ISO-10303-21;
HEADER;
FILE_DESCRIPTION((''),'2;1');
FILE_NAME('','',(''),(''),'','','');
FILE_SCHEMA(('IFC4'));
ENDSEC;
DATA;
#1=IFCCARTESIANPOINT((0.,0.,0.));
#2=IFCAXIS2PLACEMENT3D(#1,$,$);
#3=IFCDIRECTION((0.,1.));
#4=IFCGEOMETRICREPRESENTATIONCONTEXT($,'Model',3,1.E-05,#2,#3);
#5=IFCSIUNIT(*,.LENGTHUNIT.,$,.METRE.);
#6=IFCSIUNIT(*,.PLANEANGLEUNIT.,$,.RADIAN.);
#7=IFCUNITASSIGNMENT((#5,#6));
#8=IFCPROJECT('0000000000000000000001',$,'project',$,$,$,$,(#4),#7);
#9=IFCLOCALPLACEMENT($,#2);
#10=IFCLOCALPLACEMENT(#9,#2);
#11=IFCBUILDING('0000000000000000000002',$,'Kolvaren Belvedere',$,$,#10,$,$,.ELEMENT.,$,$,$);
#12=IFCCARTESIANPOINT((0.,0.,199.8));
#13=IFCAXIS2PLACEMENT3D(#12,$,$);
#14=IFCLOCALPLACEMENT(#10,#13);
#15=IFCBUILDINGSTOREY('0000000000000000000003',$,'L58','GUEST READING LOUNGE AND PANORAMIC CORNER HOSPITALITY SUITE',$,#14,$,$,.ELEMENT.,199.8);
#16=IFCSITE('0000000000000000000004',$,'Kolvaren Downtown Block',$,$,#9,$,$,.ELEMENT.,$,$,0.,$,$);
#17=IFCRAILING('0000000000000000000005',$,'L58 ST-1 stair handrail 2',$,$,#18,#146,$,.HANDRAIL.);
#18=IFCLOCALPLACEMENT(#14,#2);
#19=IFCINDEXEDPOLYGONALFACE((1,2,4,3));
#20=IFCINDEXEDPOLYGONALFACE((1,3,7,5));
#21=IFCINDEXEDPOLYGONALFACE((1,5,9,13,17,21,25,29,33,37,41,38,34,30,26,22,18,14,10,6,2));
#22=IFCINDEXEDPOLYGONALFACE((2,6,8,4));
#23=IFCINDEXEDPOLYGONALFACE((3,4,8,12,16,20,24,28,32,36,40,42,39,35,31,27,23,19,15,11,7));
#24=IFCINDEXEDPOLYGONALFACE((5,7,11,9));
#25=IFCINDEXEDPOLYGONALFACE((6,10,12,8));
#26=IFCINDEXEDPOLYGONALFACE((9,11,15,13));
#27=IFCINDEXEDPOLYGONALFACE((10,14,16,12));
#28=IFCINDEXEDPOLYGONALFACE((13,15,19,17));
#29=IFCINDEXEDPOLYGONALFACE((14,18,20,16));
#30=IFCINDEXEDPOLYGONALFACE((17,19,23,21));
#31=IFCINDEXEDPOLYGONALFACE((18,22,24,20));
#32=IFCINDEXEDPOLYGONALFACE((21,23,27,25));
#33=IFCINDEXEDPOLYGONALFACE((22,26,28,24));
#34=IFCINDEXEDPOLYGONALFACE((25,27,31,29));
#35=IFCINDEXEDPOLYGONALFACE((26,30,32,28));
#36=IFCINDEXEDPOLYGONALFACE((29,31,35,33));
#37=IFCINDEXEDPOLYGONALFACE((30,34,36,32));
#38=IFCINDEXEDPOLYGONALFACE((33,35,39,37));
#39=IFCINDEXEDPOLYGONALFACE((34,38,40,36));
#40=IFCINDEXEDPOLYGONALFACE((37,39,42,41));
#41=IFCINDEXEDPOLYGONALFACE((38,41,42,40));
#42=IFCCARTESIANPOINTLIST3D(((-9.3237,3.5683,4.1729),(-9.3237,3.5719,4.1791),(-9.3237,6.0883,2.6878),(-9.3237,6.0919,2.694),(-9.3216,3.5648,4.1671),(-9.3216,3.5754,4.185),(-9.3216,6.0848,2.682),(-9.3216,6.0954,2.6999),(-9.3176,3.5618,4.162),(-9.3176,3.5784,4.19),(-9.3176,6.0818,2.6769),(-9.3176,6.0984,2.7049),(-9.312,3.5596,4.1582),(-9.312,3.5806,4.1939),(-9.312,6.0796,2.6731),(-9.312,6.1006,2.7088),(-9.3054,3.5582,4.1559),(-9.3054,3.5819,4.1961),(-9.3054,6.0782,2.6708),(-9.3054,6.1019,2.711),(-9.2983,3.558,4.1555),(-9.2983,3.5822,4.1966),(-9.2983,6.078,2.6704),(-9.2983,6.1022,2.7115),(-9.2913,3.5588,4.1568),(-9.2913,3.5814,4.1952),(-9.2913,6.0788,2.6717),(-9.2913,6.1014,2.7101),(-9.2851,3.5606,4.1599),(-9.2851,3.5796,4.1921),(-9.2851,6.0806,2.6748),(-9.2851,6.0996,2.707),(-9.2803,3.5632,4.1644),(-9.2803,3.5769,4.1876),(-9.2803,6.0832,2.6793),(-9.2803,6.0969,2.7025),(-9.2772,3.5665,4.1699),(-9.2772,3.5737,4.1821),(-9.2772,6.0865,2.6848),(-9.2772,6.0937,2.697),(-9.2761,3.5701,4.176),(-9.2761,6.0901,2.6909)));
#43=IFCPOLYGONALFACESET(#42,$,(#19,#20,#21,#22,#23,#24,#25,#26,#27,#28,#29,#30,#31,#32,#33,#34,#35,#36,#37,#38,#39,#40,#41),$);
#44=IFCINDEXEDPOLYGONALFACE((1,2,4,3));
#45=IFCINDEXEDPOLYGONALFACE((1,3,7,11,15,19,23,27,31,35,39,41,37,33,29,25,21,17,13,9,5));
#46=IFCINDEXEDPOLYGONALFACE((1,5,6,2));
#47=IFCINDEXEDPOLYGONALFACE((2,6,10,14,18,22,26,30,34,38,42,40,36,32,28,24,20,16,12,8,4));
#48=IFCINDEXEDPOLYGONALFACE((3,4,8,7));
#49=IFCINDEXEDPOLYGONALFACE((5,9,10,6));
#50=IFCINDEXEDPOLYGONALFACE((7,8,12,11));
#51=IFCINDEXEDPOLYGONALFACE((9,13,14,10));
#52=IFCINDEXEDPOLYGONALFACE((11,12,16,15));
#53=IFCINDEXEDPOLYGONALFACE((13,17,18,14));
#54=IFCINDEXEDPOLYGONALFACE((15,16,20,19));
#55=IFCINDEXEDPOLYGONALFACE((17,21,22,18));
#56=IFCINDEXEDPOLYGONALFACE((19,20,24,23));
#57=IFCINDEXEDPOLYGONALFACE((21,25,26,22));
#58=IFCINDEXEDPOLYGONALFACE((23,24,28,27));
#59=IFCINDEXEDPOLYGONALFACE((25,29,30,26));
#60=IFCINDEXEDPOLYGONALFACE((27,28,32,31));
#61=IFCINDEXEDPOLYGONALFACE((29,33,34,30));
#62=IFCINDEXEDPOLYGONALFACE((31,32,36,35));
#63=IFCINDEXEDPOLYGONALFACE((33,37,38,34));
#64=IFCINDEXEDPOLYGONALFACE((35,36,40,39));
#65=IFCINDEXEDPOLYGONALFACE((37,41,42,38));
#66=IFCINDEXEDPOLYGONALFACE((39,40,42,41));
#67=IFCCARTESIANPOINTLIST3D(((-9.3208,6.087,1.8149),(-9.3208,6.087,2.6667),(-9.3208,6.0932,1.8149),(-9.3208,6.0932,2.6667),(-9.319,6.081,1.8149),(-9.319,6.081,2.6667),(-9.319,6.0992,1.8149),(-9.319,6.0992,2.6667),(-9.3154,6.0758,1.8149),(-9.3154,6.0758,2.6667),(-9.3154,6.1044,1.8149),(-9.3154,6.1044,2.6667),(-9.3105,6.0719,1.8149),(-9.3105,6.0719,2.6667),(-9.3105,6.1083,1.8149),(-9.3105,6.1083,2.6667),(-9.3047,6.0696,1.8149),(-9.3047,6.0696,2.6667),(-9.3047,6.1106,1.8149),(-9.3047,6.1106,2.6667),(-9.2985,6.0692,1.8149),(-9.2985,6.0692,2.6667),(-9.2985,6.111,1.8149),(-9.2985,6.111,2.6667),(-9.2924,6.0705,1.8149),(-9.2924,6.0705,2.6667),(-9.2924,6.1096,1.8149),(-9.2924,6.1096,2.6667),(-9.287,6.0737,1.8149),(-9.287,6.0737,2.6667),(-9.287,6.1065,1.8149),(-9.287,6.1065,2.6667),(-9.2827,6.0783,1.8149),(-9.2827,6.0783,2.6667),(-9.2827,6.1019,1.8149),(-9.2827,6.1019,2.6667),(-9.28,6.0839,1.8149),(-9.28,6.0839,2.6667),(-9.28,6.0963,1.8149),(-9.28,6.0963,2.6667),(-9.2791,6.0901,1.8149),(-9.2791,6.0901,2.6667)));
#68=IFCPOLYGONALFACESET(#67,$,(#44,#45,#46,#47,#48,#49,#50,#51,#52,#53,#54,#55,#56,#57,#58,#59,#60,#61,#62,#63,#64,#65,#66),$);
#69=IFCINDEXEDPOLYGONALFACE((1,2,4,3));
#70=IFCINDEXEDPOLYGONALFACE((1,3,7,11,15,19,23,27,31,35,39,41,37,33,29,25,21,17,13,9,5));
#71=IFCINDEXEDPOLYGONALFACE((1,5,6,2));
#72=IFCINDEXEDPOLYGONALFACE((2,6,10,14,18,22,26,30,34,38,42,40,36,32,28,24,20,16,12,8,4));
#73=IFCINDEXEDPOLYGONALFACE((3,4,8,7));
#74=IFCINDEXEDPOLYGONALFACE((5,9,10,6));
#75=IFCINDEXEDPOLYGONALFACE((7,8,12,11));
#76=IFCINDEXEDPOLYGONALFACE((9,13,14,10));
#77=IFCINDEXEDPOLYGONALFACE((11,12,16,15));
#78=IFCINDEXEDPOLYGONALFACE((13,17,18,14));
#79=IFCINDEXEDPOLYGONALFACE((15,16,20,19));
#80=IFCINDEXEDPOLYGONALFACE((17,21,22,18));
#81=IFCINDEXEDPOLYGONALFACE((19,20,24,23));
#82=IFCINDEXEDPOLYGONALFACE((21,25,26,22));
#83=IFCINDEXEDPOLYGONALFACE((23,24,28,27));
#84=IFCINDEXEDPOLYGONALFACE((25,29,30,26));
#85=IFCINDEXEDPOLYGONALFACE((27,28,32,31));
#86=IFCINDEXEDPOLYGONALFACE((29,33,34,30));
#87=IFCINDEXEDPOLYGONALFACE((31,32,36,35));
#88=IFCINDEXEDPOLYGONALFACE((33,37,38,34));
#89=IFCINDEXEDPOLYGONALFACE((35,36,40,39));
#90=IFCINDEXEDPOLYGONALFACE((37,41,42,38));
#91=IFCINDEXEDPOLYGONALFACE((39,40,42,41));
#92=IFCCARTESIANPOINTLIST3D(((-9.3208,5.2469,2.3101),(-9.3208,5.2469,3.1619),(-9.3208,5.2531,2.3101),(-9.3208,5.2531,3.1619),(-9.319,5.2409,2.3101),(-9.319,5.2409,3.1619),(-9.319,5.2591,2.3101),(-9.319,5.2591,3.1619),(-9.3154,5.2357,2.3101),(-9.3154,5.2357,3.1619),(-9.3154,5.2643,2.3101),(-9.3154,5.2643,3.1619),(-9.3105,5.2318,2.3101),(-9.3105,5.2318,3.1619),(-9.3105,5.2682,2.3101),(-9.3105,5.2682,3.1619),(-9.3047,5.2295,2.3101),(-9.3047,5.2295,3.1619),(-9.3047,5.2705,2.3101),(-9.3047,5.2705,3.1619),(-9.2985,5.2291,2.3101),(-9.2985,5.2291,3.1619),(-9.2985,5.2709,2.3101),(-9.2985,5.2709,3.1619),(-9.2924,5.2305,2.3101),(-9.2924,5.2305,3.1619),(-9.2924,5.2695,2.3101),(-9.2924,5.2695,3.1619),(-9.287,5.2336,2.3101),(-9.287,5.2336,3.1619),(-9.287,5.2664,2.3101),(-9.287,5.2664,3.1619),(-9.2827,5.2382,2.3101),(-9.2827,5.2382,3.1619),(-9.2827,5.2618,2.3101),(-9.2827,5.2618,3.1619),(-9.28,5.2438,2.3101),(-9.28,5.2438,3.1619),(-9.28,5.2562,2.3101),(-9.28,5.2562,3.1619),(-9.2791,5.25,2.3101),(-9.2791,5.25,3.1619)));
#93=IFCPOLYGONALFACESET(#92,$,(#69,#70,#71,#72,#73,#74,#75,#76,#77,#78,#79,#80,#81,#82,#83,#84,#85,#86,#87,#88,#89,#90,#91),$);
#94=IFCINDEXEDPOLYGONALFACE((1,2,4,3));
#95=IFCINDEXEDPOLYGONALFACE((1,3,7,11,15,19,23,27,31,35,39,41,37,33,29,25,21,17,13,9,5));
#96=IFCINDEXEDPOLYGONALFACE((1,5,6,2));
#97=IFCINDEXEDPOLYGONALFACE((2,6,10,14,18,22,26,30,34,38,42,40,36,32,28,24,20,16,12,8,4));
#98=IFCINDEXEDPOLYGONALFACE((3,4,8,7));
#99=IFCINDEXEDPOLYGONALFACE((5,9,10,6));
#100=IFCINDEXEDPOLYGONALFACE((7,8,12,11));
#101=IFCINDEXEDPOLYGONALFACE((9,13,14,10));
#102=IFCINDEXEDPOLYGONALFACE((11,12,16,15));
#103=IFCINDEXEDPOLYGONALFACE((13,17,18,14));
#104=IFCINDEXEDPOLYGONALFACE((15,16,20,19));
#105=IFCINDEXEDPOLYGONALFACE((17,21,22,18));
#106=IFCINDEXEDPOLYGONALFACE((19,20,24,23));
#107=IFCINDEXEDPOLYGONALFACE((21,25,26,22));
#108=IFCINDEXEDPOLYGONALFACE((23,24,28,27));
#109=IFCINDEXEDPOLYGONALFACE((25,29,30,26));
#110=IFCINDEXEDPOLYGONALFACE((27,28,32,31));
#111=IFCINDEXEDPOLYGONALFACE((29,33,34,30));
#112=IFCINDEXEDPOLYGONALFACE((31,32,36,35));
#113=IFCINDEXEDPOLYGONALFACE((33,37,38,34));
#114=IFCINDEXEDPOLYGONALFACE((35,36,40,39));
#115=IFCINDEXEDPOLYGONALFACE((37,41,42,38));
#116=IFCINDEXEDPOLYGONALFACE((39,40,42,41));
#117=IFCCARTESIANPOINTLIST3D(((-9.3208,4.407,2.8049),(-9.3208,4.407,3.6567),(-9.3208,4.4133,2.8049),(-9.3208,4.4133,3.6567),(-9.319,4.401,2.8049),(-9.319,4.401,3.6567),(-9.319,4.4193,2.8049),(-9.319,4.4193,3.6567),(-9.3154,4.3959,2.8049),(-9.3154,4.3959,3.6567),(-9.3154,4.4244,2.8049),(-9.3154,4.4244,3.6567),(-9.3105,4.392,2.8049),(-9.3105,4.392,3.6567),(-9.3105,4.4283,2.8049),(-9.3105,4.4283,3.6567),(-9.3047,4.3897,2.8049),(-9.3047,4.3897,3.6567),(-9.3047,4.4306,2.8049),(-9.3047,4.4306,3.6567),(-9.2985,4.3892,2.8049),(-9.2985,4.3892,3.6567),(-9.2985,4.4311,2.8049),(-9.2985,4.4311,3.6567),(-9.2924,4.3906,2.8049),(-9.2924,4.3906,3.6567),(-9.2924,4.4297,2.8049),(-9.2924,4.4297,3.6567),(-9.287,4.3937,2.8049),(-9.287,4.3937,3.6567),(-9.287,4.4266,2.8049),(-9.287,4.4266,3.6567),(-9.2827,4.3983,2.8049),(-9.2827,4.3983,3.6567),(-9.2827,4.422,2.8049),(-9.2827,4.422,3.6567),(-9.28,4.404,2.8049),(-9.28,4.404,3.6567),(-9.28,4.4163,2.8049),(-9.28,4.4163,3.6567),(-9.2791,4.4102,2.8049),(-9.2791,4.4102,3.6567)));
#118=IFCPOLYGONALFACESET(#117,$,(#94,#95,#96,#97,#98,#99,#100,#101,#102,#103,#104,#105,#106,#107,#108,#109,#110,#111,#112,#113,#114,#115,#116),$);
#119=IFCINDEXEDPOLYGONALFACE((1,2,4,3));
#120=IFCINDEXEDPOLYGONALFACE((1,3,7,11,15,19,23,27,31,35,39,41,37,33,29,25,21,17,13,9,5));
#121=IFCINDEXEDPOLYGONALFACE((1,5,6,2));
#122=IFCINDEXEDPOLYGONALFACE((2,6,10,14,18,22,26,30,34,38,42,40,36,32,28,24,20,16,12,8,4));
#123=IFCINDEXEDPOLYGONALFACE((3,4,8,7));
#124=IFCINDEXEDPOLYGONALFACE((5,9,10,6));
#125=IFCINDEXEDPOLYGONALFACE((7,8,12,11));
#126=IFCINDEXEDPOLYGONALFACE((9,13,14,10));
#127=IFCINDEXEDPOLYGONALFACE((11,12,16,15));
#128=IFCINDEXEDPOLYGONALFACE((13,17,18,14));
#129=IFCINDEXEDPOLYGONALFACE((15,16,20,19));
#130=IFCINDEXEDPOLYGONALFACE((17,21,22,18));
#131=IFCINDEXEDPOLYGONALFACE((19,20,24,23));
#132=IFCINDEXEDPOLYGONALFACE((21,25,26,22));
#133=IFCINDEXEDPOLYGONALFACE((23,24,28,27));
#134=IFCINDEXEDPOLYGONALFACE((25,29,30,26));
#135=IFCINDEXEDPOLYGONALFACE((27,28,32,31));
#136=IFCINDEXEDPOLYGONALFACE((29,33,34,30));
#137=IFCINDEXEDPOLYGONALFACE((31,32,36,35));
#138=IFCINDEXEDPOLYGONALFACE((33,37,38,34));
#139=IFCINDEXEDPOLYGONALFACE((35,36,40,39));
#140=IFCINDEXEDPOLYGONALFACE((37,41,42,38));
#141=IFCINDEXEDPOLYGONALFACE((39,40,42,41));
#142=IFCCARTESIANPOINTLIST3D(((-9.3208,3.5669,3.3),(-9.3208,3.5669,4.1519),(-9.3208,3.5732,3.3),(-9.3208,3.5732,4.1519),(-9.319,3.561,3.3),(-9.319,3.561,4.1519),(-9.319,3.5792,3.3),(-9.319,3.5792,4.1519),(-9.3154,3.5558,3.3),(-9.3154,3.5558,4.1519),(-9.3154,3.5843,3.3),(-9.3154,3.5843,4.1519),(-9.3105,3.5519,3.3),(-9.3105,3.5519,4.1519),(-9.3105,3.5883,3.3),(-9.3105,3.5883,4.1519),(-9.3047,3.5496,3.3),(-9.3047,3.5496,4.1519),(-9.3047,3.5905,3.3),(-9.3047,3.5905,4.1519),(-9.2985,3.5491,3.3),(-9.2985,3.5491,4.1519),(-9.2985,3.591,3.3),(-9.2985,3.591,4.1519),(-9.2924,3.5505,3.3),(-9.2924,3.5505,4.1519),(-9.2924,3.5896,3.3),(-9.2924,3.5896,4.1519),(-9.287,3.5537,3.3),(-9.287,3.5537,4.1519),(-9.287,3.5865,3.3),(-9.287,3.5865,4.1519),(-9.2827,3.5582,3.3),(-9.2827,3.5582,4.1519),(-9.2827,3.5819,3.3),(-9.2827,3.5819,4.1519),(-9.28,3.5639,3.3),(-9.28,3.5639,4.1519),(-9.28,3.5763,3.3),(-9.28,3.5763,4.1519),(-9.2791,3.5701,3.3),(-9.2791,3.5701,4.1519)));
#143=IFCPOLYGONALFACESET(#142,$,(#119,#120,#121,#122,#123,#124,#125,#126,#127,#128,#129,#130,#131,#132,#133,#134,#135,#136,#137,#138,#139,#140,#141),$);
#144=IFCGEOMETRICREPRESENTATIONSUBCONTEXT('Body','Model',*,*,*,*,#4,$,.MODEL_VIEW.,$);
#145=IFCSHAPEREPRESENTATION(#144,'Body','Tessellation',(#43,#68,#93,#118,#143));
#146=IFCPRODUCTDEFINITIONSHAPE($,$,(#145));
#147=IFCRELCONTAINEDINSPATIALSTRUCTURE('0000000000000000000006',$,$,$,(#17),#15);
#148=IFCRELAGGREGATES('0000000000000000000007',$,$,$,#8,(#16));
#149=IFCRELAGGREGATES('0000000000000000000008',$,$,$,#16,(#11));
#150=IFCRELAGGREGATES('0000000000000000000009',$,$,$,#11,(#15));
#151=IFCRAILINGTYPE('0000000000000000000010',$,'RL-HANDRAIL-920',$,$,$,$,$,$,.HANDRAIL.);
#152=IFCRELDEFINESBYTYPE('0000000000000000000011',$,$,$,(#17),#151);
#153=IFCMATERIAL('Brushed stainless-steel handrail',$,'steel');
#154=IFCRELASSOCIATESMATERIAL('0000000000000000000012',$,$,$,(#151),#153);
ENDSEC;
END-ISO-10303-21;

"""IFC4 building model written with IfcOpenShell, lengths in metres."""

from ifc_helpers import new_model, si_unit, direction, frame, origin, origin_2d, place, context, subcontext, project, spatial, circle, extrude, material, type_object, element, save


model = new_model("IFC4")

# Units and contexts
model_context = context("Model", 3, precision=1e-05, world=origin(), true_north=direction((0.0, 1.0)))
body_context = subcontext(model_context, "Body", "Model", "MODEL_VIEW")
ifc_project = project(units=[si_unit("LENGTHUNIT", "METRE"), si_unit("PLANEANGLEUNIT", "RADIAN")], contexts=[model_context])

# Site, building, storey
site_placement = place(None, origin())
site = spatial("IfcSite", under=ifc_project, at=site_placement, Name="Kolvaren Downtown Block", CompositionType="ELEMENT", RefElevation=0.0)
building_placement = place(site_placement, origin())
building = spatial("IfcBuilding", under=site, at=building_placement, Name="Kolvaren Belvedere", CompositionType="ELEMENT")
storey_placement = place(building_placement, frame((0.0, 0.0, 199.8)))
storey = spatial("IfcBuildingStorey", under=building, at=storey_placement, Name="L58", Description="GUEST READING LOUNGE AND PANORAMIC CORNER HOSPITALITY SUITE", CompositionType="ELEMENT", Elevation=199.8)

# Railing
ifc_material_1 = material(Name="Brushed stainless-steel handrail", Category="steel")
railing_type_1 = type_object("IfcRailingType", Name="RL-HANDRAIL-920", PredefinedType="HANDRAIL", material=ifc_material_1)
railing_1_placement = place(storey_placement, frame((-9.3, 6.0901, 1.8149)))
element("IfcRailing", 1, at=railing_1_placement, inside=storey, type_object=railing_type_1, Name="L58 ST-1 stair handrail 2", PredefinedType="HANDRAIL", context=body_context, shape_type="SweptSolid", body=[
    extrude(circle(Radius=0.0239, at=origin_2d()), frame((0.0, 0.0, 0.876), z_axis=(0.0, -0.861524, 0.507717), x_axis=(1.0, 0.0, 0.0)), (0.0, 0.0, 1.0), 2.925),
    extrude(circle(Radius=0.021, at=origin_2d()), origin(), (0.0, 0.0, 1.0), 0.8518),
    extrude(circle(Radius=0.021, at=origin_2d()), frame((0.0, -0.8401, 0.4951)), (0.0, 0.0, 1.0), 0.8518),
    extrude(circle(Radius=0.021, at=origin_2d()), frame((0.0, -1.6799, 0.99)), (0.0, 0.0, 1.0), 0.8518),
    extrude(circle(Radius=0.021, at=origin_2d()), frame((0.0, -2.52, 1.4851)), (0.0, 0.0, 1.0), 0.8518),
])

save(model, "model.ifc")
